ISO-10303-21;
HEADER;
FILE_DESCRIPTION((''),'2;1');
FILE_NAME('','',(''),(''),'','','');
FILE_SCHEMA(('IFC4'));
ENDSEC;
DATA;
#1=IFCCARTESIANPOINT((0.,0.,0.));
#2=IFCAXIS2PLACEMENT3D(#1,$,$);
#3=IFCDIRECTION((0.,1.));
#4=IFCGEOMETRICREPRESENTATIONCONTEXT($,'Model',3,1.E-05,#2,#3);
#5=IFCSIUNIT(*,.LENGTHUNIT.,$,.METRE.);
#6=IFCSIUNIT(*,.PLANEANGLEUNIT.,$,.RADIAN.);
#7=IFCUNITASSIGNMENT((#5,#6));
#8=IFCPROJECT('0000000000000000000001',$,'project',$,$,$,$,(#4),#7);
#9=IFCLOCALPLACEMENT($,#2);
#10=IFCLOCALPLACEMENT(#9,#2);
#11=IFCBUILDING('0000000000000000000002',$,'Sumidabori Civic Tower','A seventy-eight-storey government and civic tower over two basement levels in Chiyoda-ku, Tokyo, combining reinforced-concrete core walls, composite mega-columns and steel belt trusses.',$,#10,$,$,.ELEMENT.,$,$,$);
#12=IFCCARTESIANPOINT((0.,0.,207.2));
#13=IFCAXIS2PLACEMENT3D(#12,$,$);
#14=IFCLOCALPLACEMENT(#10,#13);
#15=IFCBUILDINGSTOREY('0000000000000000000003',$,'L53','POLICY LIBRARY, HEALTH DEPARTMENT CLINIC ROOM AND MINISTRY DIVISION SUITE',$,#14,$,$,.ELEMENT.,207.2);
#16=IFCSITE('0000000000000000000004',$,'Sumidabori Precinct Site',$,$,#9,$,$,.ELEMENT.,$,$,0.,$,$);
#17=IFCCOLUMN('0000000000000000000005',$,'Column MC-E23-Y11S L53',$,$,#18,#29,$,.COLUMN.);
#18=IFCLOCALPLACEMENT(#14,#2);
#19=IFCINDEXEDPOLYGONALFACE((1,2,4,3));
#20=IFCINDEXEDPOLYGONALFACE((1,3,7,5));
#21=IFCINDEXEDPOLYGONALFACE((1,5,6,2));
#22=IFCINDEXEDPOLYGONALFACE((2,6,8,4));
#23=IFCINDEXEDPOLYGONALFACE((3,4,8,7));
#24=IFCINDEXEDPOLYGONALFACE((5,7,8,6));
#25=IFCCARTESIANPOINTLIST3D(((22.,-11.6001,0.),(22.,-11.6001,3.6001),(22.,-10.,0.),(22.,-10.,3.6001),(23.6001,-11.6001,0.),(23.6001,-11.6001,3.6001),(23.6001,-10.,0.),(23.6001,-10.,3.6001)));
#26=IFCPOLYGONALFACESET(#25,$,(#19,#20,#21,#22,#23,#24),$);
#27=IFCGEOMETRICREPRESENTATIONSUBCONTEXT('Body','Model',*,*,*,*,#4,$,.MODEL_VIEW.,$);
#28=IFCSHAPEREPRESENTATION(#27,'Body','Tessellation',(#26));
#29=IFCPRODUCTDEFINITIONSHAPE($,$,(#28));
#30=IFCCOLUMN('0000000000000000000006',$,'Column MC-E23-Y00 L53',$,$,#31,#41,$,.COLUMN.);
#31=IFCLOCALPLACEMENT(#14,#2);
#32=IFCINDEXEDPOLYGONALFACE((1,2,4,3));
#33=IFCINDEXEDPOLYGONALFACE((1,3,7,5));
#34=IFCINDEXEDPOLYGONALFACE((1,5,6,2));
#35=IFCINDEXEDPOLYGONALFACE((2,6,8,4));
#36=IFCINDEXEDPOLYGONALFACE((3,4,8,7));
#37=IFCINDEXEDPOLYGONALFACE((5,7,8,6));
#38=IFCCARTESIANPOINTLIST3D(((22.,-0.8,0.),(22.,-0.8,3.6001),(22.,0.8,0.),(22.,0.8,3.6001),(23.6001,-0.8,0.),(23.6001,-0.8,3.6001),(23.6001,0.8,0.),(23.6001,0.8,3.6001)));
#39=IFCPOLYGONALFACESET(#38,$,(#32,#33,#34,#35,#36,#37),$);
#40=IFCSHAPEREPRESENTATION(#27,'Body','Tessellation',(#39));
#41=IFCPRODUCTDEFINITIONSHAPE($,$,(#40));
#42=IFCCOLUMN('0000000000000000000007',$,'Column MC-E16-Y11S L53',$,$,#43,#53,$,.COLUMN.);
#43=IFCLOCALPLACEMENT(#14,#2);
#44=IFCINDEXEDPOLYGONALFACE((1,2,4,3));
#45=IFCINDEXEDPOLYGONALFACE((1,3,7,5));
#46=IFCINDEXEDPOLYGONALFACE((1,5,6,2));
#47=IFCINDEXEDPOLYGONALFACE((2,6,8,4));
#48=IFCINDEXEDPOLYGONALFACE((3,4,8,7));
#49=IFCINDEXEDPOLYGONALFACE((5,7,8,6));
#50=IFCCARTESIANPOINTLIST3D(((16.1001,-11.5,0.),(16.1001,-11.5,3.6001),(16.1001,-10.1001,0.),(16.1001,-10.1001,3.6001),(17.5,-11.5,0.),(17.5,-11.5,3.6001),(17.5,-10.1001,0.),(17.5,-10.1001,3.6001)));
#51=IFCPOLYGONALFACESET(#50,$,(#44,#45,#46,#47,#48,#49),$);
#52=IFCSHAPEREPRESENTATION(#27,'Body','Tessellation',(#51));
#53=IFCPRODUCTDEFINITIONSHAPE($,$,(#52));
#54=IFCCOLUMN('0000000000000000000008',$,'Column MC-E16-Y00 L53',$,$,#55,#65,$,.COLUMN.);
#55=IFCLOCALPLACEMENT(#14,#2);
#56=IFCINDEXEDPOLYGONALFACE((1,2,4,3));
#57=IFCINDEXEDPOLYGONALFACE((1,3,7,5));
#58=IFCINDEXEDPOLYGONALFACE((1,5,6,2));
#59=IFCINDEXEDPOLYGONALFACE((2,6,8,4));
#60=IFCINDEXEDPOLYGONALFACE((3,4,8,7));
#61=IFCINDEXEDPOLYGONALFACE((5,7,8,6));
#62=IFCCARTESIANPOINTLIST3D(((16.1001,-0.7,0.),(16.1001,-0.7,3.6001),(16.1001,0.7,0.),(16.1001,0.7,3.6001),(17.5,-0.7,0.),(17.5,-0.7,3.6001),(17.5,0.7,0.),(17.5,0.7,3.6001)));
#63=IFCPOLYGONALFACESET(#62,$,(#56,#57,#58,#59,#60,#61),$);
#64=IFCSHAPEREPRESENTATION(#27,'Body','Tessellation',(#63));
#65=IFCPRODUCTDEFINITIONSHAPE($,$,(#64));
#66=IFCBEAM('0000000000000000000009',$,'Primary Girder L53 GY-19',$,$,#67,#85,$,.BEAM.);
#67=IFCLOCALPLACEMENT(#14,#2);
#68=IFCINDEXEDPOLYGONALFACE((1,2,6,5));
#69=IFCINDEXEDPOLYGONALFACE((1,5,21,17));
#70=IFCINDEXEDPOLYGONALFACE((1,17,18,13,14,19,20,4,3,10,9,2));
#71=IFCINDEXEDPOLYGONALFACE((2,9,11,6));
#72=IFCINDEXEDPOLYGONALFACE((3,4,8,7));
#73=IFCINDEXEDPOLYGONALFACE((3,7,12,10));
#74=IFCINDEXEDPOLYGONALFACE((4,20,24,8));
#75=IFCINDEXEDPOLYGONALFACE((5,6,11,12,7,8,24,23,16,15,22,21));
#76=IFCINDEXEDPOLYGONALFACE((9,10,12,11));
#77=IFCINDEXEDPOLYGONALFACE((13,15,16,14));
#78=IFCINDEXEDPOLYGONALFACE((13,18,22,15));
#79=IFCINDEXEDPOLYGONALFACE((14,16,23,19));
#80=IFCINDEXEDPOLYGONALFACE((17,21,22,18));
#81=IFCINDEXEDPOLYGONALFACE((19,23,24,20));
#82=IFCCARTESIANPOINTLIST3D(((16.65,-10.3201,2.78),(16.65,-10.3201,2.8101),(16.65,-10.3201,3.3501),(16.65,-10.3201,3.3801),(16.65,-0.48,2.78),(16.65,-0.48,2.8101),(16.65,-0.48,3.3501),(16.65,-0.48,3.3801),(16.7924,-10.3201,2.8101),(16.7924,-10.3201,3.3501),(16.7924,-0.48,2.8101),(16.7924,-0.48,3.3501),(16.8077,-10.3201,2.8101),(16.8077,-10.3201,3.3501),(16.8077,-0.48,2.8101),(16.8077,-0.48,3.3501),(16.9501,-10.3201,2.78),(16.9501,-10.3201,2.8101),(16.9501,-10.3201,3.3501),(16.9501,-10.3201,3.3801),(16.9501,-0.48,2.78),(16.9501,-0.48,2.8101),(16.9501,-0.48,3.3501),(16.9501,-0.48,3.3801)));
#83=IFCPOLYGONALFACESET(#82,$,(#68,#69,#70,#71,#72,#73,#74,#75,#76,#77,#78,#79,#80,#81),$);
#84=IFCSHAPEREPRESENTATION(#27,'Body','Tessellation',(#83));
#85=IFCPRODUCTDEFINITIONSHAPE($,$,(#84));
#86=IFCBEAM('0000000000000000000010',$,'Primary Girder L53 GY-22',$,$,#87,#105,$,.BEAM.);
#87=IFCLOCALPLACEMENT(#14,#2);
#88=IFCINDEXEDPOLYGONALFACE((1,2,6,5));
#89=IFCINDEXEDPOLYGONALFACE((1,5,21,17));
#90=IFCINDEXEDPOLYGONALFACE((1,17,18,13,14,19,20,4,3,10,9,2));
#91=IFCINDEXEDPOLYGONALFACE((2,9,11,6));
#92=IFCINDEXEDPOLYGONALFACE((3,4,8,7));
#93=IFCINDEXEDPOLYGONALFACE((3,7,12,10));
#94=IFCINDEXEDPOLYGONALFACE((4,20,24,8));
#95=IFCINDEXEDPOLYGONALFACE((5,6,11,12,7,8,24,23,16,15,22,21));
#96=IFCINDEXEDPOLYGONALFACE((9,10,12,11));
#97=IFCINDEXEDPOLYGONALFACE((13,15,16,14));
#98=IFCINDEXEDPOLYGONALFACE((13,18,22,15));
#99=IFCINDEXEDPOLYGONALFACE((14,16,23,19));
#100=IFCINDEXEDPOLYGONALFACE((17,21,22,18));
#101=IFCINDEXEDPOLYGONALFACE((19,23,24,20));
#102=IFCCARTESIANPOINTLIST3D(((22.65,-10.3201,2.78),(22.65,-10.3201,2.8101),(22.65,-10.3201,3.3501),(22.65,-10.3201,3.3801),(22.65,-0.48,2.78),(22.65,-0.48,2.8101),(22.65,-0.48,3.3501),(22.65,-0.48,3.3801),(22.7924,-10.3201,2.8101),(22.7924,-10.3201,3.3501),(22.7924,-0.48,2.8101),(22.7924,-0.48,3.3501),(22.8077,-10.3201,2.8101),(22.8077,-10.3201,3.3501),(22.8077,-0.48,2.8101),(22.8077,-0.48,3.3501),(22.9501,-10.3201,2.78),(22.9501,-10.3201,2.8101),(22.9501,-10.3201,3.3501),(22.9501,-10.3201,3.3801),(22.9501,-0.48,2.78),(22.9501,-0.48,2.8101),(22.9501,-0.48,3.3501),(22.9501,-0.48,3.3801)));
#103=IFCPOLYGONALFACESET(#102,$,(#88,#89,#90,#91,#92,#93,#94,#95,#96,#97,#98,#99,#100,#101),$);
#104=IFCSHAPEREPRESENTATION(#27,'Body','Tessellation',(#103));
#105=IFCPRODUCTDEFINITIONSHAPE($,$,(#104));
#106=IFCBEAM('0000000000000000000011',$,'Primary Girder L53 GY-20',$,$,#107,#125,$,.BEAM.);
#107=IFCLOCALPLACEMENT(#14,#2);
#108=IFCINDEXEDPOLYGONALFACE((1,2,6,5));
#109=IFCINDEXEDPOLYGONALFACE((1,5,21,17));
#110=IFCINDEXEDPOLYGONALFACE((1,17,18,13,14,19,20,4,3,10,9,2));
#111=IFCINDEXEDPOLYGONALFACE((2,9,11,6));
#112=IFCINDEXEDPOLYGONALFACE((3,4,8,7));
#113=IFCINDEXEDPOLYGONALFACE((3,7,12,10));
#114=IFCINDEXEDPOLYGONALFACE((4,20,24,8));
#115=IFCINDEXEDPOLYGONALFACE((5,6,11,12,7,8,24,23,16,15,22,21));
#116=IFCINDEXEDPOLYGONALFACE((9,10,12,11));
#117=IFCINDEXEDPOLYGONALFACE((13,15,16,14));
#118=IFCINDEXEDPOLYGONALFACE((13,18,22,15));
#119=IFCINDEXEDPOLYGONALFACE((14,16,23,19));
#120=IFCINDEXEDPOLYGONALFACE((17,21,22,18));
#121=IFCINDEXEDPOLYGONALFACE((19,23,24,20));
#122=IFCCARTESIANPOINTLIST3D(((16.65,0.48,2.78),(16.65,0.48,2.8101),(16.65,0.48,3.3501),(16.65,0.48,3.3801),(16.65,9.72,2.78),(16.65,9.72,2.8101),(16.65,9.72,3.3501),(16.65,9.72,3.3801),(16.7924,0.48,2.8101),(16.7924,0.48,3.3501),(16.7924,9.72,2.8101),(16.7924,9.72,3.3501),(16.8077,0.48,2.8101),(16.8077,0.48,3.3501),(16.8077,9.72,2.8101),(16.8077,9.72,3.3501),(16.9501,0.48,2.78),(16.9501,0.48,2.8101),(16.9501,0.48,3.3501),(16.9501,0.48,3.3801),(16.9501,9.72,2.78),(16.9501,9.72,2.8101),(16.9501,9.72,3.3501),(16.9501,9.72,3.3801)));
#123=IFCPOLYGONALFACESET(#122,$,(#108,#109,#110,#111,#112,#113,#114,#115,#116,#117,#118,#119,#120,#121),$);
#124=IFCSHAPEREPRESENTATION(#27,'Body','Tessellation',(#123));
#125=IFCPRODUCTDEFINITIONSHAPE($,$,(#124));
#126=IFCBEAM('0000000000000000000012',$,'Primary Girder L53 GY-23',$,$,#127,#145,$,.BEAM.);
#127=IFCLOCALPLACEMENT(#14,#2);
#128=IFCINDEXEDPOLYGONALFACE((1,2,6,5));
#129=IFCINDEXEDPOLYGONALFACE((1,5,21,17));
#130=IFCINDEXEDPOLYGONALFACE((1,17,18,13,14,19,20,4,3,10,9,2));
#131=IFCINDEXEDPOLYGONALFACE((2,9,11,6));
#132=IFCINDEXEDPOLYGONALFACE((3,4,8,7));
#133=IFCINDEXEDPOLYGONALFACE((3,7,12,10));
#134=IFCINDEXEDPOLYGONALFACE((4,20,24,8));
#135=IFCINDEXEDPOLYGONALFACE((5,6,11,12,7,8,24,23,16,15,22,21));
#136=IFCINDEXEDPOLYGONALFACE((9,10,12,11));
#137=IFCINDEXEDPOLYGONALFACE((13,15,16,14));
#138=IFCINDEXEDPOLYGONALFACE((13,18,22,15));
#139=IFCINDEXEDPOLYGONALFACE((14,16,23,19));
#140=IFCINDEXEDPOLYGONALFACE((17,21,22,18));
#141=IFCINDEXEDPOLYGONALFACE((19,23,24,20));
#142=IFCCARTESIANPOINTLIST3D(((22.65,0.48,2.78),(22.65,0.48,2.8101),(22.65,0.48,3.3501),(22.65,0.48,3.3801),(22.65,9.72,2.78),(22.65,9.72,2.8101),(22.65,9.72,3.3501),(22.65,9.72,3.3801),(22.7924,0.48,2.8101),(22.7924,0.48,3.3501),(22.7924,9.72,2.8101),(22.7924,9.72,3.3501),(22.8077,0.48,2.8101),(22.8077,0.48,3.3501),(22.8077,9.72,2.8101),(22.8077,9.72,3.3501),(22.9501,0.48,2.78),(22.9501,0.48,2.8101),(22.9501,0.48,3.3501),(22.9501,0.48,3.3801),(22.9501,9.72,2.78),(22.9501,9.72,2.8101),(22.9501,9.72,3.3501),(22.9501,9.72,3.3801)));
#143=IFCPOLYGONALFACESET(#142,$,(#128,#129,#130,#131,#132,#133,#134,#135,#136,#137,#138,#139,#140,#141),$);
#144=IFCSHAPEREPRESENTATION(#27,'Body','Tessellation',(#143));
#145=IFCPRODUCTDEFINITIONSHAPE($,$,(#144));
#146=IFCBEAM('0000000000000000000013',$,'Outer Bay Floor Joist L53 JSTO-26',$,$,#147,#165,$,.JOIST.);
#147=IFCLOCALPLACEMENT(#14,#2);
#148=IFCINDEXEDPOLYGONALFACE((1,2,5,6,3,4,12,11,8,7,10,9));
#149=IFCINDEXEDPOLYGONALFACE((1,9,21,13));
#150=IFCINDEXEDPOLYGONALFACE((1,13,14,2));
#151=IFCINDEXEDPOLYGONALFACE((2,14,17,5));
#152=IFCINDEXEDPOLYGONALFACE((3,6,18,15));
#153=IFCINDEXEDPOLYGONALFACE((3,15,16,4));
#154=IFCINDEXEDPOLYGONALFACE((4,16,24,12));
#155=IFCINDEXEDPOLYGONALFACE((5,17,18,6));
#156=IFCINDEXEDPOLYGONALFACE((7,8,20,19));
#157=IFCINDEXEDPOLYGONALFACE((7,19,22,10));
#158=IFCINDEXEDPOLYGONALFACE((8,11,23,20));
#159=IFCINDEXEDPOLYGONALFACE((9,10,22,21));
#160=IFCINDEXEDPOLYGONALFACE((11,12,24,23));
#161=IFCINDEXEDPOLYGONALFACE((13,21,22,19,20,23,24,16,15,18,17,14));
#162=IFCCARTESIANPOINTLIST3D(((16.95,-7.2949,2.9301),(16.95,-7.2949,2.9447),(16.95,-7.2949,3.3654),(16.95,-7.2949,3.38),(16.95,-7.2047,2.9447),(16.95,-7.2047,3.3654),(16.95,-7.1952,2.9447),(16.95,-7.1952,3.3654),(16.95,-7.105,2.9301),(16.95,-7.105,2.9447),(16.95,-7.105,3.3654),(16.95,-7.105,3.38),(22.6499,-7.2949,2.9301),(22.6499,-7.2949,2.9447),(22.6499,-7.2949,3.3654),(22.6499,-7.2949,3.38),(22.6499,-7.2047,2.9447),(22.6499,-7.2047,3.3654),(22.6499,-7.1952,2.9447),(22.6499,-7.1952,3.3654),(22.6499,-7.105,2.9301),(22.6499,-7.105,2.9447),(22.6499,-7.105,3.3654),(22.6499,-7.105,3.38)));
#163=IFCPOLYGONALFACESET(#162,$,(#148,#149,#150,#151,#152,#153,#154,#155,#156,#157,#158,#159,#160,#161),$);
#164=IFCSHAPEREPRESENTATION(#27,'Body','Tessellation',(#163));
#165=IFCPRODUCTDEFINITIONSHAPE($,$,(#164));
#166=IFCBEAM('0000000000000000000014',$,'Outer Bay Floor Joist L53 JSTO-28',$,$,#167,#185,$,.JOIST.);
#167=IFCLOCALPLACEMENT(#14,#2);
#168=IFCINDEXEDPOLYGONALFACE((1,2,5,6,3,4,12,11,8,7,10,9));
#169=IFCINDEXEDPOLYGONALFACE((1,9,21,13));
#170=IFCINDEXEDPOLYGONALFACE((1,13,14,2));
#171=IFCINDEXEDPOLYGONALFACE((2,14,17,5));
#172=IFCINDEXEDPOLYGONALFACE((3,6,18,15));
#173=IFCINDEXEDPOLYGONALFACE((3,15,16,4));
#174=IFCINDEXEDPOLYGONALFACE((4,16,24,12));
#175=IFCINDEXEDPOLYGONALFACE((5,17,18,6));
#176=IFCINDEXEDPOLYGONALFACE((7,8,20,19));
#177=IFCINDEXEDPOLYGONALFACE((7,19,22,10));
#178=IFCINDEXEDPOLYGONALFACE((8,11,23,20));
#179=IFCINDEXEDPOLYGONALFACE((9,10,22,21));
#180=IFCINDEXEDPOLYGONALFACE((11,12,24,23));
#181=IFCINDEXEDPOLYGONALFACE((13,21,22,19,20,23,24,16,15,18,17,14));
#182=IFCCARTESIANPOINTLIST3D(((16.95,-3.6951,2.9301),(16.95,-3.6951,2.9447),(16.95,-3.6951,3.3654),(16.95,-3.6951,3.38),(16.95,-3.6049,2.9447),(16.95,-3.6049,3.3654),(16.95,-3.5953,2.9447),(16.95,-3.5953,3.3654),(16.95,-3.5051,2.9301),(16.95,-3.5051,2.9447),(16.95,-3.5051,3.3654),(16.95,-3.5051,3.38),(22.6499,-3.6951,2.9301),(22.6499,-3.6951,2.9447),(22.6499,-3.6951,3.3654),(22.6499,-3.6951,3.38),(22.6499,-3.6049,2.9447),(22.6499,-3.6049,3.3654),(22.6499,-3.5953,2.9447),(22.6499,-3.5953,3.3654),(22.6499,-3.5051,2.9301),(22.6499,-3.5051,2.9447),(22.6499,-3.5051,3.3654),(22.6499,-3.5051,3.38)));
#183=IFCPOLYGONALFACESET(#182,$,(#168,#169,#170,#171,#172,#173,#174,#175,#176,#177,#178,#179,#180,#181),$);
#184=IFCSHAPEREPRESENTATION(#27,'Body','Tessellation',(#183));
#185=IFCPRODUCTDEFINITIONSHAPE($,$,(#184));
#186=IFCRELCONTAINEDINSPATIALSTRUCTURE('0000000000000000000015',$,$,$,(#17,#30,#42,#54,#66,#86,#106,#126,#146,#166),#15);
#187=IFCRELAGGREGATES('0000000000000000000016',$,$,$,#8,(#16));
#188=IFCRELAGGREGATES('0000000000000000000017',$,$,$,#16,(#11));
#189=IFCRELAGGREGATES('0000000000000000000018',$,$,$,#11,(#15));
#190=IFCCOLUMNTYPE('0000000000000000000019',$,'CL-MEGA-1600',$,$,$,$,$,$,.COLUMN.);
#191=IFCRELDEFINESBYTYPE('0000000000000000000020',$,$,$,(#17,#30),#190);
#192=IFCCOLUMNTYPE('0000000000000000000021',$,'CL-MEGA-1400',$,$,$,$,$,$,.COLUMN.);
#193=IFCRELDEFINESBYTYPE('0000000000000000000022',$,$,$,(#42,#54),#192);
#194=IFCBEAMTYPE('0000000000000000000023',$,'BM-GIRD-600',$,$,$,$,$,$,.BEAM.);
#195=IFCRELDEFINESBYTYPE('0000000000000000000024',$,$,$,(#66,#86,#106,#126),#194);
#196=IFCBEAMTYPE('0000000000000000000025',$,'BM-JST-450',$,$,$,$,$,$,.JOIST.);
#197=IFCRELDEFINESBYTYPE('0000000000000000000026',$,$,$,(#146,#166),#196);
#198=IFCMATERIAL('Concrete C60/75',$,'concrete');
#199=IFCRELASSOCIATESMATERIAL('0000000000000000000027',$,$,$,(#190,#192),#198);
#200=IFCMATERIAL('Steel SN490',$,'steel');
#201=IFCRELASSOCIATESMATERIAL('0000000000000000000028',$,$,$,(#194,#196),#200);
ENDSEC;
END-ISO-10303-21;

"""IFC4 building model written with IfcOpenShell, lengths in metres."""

from ifc_helpers import new_model, si_unit, direction, frame, origin, origin_2d, place, context, subcontext, project, spatial, rectangle, i_section, extrude, source, transform, mapped, material, material_profile, profile_set, type_object, element, save


model = new_model("IFC4")

# Units and contexts
model_context = context("Model", 3, precision=1e-05, world=origin(), true_north=direction((0.0, 1.0)))
body_context = subcontext(model_context, "Body", "Model", "MODEL_VIEW")
ifc_project = project(units=[si_unit("LENGTHUNIT", "METRE"), si_unit("PLANEANGLEUNIT", "RADIAN")], contexts=[model_context])

# Site, building, storey
site_placement = place(None, origin())
site = spatial("IfcSite", under=ifc_project, at=site_placement, Name="Sumidabori Precinct Site", CompositionType="ELEMENT", RefElevation=0.0)
building_placement = place(site_placement, origin())
building = spatial("IfcBuilding", under=site, at=building_placement, Name="Sumidabori Civic Tower", Description="A seventy-eight-storey government and civic tower over two basement levels in Chiyoda-ku, Tokyo, combining reinforced-concrete core walls, composite mega-columns and steel belt trusses.", CompositionType="ELEMENT")
storey_placement = place(building_placement, frame((0.0, 0.0, 207.2)))
storey = spatial("IfcBuildingStorey", under=building, at=storey_placement, Name="L53", Description="POLICY LIBRARY, HEALTH DEPARTMENT CLINIC ROOM AND MINISTRY DIVISION SUITE", CompositionType="ELEMENT", Elevation=207.2)

# Columns
ifc_material_1 = material(Name="Concrete C60/75", Category="concrete")
ifc_material_profile_1 = material_profile(ifc_material_1, rectangle(XDim=1.6001, YDim=1.6001, at=origin_2d()), Name="RC 1600x1600")
ifc_profile_set_1 = profile_set([ifc_material_profile_1], Name="Concrete C60/75")
column_type_1 = type_object("IfcColumnType", Name="CL-MEGA-1600", PredefinedType="COLUMN", material=ifc_profile_set_1)
shared_shape_1 = source(origin(), body_context, "Body", "SweptSolid", [
    extrude(rectangle(XDim=1.6001, YDim=1.6001, at=origin_2d()), origin(), (0.0, 0.0, 1.0), 3.6001),
])
for number, where, z_axis, x_axis, name in (
    (1, (22.8, -10.8, 0.0), (0.0, 0.0, 1.0), (1.0, 0.0, 0.0), "Column MC-E23-Y11S L53"),
    (2, (22.8, 0.0, 0.0), (0.0, 0.0, 1.0), (1.0, 0.0, 0.0), "Column MC-E23-Y00 L53"),
):
    element("IfcColumn", number, at=place(storey_placement, frame(where, z_axis=z_axis, x_axis=x_axis)), inside=storey, type_object=column_type_1, Name=name, PredefinedType="COLUMN", context=body_context, shape_type="MappedRepresentation", body=[
        mapped(shared_shape_1, transform((0.0, 0.0, 0.0), x_axis=(1.0, 0.0, 0.0), y_axis=(0.0, 1.0, 0.0), z_axis=(0.0, 0.0, 1.0), scale=1.0)),
    ])
ifc_material_profile_2 = material_profile(ifc_material_1, rectangle(XDim=1.3999, YDim=1.3999, at=origin_2d()), Name="RC 1400x1400")
ifc_profile_set_2 = profile_set([ifc_material_profile_2], Name="Concrete C60/75")
column_type_2 = type_object("IfcColumnType", Name="CL-MEGA-1400", PredefinedType="COLUMN", material=ifc_profile_set_2)
shared_shape_2 = source(origin(), body_context, "Body", "SweptSolid", [
    extrude(rectangle(XDim=1.3999, YDim=1.3999, at=origin_2d()), origin(), (0.0, 0.0, 1.0), 3.6001),
])
for number, where, z_axis, x_axis, name in (
    (3, (16.8, -10.8, 0.0), (0.0, 0.0, 1.0), (1.0, 0.0, 0.0), "Column MC-E16-Y11S L53"),
    (4, (16.8, 0.0, 0.0), (0.0, 0.0, 1.0), (1.0, 0.0, 0.0), "Column MC-E16-Y00 L53"),
):
    element("IfcColumn", number, at=place(storey_placement, frame(where, z_axis=z_axis, x_axis=x_axis)), inside=storey, type_object=column_type_2, Name=name, PredefinedType="COLUMN", context=body_context, shape_type="MappedRepresentation", body=[
        mapped(shared_shape_2, transform((0.0, 0.0, 0.0), x_axis=(1.0, 0.0, 0.0), y_axis=(0.0, 1.0, 0.0), z_axis=(0.0, 0.0, 1.0), scale=1.0)),
    ])

# Beams
ifc_material_2 = material(Name="Steel SN490", Category="steel")
ifc_material_profile_3 = material_profile(ifc_material_2, i_section(OverallWidth=0.3, OverallDepth=0.6001, WebThickness=0.0154, FlangeThickness=0.03, at=origin_2d()), Name="HE 600 B")
ifc_profile_set_3 = profile_set([ifc_material_profile_3], Name="Steel SN490")
beam_type_1 = type_object("IfcBeamType", Name="BM-GIRD-600", PredefinedType="BEAM", material=ifc_profile_set_3)
shared_shape_3 = source(origin(), body_context, "Body", "SweptSolid", [
    extrude(i_section(OverallWidth=0.3, OverallDepth=0.6001, WebThickness=0.0154, FlangeThickness=0.03, at=origin_2d()), origin(), (0.0, 0.0, 1.0), 9.8401),
])
for number, where, z_axis, x_axis, name in (
    (5, (16.8, -10.3201, 3.0801), (0.0, 1.0, 0.0), (-1.0, 0.0, 0.0), "Primary Girder L53 GY-19"),
    (6, (22.8, -10.3201, 3.0801), (0.0, 1.0, 0.0), (-1.0, 0.0, 0.0), "Primary Girder L53 GY-22"),
):
    element("IfcBeam", number, at=place(storey_placement, frame(where, z_axis=z_axis, x_axis=x_axis)), inside=storey, type_object=beam_type_1, Name=name, PredefinedType="BEAM", context=body_context, shape_type="MappedRepresentation", body=[
        mapped(shared_shape_3, transform((0.0, 0.0, 0.0), x_axis=(1.0, 0.0, 0.0), y_axis=(0.0, 1.0, 0.0), z_axis=(0.0, 0.0, 1.0), scale=1.0)),
    ])
shared_shape_4 = source(origin(), body_context, "Body", "SweptSolid", [
    extrude(i_section(OverallWidth=0.3, OverallDepth=0.6001, WebThickness=0.0154, FlangeThickness=0.03, at=origin_2d()), origin(), (0.0, 0.0, 1.0), 9.24),
])
for number, where, z_axis, x_axis, name in (
    (7, (16.8, 0.48, 3.0801), (0.0, 1.0, 0.0), (-1.0, 0.0, 0.0), "Primary Girder L53 GY-20"),
    (8, (22.8, 0.48, 3.0801), (0.0, 1.0, 0.0), (-1.0, 0.0, 0.0), "Primary Girder L53 GY-23"),
):
    element("IfcBeam", number, at=place(storey_placement, frame(where, z_axis=z_axis, x_axis=x_axis)), inside=storey, type_object=beam_type_1, Name=name, PredefinedType="BEAM", context=body_context, shape_type="MappedRepresentation", body=[
        mapped(shared_shape_4, transform((0.0, 0.0, 0.0), x_axis=(1.0, 0.0, 0.0), y_axis=(0.0, 1.0, 0.0), z_axis=(0.0, 0.0, 1.0), scale=1.0)),
    ])
ifc_material_profile_4 = material_profile(ifc_material_2, i_section(OverallWidth=0.1899, OverallDepth=0.45, WebThickness=0.0095, FlangeThickness=0.0146, at=origin_2d()), Name="IPE 450")
ifc_profile_set_4 = profile_set([ifc_material_profile_4], Name="Steel SN490")
beam_type_2 = type_object("IfcBeamType", Name="BM-JST-450", PredefinedType="JOIST", material=ifc_profile_set_4)
shared_shape_5 = source(origin(), body_context, "Body", "SweptSolid", [
    extrude(i_section(OverallWidth=0.1899, OverallDepth=0.45, WebThickness=0.0095, FlangeThickness=0.0146, at=origin_2d()), origin(), (0.0, 0.0, 1.0), 5.7),
])
for number, where, z_axis, x_axis, name in (
    (9, (16.95, -7.2, 3.155), (1.0, 0.0, 0.0), (0.0, 1.0, 0.0), "Outer Bay Floor Joist L53 JSTO-26"),
    (10, (16.95, -3.6001, 3.155), (1.0, 0.0, 0.0), (0.0, 1.0, 0.0), "Outer Bay Floor Joist L53 JSTO-28"),
):
    element("IfcBeam", number, at=place(storey_placement, frame(where, z_axis=z_axis, x_axis=x_axis)), inside=storey, type_object=beam_type_2, Name=name, PredefinedType="JOIST", context=body_context, shape_type="MappedRepresentation", body=[
        mapped(shared_shape_5, transform((0.0, 0.0, 0.0), x_axis=(1.0, 0.0, 0.0), y_axis=(0.0, 1.0, 0.0), z_axis=(0.0, 0.0, 1.0), scale=1.0)),
    ])

save(model, "model.ifc")
